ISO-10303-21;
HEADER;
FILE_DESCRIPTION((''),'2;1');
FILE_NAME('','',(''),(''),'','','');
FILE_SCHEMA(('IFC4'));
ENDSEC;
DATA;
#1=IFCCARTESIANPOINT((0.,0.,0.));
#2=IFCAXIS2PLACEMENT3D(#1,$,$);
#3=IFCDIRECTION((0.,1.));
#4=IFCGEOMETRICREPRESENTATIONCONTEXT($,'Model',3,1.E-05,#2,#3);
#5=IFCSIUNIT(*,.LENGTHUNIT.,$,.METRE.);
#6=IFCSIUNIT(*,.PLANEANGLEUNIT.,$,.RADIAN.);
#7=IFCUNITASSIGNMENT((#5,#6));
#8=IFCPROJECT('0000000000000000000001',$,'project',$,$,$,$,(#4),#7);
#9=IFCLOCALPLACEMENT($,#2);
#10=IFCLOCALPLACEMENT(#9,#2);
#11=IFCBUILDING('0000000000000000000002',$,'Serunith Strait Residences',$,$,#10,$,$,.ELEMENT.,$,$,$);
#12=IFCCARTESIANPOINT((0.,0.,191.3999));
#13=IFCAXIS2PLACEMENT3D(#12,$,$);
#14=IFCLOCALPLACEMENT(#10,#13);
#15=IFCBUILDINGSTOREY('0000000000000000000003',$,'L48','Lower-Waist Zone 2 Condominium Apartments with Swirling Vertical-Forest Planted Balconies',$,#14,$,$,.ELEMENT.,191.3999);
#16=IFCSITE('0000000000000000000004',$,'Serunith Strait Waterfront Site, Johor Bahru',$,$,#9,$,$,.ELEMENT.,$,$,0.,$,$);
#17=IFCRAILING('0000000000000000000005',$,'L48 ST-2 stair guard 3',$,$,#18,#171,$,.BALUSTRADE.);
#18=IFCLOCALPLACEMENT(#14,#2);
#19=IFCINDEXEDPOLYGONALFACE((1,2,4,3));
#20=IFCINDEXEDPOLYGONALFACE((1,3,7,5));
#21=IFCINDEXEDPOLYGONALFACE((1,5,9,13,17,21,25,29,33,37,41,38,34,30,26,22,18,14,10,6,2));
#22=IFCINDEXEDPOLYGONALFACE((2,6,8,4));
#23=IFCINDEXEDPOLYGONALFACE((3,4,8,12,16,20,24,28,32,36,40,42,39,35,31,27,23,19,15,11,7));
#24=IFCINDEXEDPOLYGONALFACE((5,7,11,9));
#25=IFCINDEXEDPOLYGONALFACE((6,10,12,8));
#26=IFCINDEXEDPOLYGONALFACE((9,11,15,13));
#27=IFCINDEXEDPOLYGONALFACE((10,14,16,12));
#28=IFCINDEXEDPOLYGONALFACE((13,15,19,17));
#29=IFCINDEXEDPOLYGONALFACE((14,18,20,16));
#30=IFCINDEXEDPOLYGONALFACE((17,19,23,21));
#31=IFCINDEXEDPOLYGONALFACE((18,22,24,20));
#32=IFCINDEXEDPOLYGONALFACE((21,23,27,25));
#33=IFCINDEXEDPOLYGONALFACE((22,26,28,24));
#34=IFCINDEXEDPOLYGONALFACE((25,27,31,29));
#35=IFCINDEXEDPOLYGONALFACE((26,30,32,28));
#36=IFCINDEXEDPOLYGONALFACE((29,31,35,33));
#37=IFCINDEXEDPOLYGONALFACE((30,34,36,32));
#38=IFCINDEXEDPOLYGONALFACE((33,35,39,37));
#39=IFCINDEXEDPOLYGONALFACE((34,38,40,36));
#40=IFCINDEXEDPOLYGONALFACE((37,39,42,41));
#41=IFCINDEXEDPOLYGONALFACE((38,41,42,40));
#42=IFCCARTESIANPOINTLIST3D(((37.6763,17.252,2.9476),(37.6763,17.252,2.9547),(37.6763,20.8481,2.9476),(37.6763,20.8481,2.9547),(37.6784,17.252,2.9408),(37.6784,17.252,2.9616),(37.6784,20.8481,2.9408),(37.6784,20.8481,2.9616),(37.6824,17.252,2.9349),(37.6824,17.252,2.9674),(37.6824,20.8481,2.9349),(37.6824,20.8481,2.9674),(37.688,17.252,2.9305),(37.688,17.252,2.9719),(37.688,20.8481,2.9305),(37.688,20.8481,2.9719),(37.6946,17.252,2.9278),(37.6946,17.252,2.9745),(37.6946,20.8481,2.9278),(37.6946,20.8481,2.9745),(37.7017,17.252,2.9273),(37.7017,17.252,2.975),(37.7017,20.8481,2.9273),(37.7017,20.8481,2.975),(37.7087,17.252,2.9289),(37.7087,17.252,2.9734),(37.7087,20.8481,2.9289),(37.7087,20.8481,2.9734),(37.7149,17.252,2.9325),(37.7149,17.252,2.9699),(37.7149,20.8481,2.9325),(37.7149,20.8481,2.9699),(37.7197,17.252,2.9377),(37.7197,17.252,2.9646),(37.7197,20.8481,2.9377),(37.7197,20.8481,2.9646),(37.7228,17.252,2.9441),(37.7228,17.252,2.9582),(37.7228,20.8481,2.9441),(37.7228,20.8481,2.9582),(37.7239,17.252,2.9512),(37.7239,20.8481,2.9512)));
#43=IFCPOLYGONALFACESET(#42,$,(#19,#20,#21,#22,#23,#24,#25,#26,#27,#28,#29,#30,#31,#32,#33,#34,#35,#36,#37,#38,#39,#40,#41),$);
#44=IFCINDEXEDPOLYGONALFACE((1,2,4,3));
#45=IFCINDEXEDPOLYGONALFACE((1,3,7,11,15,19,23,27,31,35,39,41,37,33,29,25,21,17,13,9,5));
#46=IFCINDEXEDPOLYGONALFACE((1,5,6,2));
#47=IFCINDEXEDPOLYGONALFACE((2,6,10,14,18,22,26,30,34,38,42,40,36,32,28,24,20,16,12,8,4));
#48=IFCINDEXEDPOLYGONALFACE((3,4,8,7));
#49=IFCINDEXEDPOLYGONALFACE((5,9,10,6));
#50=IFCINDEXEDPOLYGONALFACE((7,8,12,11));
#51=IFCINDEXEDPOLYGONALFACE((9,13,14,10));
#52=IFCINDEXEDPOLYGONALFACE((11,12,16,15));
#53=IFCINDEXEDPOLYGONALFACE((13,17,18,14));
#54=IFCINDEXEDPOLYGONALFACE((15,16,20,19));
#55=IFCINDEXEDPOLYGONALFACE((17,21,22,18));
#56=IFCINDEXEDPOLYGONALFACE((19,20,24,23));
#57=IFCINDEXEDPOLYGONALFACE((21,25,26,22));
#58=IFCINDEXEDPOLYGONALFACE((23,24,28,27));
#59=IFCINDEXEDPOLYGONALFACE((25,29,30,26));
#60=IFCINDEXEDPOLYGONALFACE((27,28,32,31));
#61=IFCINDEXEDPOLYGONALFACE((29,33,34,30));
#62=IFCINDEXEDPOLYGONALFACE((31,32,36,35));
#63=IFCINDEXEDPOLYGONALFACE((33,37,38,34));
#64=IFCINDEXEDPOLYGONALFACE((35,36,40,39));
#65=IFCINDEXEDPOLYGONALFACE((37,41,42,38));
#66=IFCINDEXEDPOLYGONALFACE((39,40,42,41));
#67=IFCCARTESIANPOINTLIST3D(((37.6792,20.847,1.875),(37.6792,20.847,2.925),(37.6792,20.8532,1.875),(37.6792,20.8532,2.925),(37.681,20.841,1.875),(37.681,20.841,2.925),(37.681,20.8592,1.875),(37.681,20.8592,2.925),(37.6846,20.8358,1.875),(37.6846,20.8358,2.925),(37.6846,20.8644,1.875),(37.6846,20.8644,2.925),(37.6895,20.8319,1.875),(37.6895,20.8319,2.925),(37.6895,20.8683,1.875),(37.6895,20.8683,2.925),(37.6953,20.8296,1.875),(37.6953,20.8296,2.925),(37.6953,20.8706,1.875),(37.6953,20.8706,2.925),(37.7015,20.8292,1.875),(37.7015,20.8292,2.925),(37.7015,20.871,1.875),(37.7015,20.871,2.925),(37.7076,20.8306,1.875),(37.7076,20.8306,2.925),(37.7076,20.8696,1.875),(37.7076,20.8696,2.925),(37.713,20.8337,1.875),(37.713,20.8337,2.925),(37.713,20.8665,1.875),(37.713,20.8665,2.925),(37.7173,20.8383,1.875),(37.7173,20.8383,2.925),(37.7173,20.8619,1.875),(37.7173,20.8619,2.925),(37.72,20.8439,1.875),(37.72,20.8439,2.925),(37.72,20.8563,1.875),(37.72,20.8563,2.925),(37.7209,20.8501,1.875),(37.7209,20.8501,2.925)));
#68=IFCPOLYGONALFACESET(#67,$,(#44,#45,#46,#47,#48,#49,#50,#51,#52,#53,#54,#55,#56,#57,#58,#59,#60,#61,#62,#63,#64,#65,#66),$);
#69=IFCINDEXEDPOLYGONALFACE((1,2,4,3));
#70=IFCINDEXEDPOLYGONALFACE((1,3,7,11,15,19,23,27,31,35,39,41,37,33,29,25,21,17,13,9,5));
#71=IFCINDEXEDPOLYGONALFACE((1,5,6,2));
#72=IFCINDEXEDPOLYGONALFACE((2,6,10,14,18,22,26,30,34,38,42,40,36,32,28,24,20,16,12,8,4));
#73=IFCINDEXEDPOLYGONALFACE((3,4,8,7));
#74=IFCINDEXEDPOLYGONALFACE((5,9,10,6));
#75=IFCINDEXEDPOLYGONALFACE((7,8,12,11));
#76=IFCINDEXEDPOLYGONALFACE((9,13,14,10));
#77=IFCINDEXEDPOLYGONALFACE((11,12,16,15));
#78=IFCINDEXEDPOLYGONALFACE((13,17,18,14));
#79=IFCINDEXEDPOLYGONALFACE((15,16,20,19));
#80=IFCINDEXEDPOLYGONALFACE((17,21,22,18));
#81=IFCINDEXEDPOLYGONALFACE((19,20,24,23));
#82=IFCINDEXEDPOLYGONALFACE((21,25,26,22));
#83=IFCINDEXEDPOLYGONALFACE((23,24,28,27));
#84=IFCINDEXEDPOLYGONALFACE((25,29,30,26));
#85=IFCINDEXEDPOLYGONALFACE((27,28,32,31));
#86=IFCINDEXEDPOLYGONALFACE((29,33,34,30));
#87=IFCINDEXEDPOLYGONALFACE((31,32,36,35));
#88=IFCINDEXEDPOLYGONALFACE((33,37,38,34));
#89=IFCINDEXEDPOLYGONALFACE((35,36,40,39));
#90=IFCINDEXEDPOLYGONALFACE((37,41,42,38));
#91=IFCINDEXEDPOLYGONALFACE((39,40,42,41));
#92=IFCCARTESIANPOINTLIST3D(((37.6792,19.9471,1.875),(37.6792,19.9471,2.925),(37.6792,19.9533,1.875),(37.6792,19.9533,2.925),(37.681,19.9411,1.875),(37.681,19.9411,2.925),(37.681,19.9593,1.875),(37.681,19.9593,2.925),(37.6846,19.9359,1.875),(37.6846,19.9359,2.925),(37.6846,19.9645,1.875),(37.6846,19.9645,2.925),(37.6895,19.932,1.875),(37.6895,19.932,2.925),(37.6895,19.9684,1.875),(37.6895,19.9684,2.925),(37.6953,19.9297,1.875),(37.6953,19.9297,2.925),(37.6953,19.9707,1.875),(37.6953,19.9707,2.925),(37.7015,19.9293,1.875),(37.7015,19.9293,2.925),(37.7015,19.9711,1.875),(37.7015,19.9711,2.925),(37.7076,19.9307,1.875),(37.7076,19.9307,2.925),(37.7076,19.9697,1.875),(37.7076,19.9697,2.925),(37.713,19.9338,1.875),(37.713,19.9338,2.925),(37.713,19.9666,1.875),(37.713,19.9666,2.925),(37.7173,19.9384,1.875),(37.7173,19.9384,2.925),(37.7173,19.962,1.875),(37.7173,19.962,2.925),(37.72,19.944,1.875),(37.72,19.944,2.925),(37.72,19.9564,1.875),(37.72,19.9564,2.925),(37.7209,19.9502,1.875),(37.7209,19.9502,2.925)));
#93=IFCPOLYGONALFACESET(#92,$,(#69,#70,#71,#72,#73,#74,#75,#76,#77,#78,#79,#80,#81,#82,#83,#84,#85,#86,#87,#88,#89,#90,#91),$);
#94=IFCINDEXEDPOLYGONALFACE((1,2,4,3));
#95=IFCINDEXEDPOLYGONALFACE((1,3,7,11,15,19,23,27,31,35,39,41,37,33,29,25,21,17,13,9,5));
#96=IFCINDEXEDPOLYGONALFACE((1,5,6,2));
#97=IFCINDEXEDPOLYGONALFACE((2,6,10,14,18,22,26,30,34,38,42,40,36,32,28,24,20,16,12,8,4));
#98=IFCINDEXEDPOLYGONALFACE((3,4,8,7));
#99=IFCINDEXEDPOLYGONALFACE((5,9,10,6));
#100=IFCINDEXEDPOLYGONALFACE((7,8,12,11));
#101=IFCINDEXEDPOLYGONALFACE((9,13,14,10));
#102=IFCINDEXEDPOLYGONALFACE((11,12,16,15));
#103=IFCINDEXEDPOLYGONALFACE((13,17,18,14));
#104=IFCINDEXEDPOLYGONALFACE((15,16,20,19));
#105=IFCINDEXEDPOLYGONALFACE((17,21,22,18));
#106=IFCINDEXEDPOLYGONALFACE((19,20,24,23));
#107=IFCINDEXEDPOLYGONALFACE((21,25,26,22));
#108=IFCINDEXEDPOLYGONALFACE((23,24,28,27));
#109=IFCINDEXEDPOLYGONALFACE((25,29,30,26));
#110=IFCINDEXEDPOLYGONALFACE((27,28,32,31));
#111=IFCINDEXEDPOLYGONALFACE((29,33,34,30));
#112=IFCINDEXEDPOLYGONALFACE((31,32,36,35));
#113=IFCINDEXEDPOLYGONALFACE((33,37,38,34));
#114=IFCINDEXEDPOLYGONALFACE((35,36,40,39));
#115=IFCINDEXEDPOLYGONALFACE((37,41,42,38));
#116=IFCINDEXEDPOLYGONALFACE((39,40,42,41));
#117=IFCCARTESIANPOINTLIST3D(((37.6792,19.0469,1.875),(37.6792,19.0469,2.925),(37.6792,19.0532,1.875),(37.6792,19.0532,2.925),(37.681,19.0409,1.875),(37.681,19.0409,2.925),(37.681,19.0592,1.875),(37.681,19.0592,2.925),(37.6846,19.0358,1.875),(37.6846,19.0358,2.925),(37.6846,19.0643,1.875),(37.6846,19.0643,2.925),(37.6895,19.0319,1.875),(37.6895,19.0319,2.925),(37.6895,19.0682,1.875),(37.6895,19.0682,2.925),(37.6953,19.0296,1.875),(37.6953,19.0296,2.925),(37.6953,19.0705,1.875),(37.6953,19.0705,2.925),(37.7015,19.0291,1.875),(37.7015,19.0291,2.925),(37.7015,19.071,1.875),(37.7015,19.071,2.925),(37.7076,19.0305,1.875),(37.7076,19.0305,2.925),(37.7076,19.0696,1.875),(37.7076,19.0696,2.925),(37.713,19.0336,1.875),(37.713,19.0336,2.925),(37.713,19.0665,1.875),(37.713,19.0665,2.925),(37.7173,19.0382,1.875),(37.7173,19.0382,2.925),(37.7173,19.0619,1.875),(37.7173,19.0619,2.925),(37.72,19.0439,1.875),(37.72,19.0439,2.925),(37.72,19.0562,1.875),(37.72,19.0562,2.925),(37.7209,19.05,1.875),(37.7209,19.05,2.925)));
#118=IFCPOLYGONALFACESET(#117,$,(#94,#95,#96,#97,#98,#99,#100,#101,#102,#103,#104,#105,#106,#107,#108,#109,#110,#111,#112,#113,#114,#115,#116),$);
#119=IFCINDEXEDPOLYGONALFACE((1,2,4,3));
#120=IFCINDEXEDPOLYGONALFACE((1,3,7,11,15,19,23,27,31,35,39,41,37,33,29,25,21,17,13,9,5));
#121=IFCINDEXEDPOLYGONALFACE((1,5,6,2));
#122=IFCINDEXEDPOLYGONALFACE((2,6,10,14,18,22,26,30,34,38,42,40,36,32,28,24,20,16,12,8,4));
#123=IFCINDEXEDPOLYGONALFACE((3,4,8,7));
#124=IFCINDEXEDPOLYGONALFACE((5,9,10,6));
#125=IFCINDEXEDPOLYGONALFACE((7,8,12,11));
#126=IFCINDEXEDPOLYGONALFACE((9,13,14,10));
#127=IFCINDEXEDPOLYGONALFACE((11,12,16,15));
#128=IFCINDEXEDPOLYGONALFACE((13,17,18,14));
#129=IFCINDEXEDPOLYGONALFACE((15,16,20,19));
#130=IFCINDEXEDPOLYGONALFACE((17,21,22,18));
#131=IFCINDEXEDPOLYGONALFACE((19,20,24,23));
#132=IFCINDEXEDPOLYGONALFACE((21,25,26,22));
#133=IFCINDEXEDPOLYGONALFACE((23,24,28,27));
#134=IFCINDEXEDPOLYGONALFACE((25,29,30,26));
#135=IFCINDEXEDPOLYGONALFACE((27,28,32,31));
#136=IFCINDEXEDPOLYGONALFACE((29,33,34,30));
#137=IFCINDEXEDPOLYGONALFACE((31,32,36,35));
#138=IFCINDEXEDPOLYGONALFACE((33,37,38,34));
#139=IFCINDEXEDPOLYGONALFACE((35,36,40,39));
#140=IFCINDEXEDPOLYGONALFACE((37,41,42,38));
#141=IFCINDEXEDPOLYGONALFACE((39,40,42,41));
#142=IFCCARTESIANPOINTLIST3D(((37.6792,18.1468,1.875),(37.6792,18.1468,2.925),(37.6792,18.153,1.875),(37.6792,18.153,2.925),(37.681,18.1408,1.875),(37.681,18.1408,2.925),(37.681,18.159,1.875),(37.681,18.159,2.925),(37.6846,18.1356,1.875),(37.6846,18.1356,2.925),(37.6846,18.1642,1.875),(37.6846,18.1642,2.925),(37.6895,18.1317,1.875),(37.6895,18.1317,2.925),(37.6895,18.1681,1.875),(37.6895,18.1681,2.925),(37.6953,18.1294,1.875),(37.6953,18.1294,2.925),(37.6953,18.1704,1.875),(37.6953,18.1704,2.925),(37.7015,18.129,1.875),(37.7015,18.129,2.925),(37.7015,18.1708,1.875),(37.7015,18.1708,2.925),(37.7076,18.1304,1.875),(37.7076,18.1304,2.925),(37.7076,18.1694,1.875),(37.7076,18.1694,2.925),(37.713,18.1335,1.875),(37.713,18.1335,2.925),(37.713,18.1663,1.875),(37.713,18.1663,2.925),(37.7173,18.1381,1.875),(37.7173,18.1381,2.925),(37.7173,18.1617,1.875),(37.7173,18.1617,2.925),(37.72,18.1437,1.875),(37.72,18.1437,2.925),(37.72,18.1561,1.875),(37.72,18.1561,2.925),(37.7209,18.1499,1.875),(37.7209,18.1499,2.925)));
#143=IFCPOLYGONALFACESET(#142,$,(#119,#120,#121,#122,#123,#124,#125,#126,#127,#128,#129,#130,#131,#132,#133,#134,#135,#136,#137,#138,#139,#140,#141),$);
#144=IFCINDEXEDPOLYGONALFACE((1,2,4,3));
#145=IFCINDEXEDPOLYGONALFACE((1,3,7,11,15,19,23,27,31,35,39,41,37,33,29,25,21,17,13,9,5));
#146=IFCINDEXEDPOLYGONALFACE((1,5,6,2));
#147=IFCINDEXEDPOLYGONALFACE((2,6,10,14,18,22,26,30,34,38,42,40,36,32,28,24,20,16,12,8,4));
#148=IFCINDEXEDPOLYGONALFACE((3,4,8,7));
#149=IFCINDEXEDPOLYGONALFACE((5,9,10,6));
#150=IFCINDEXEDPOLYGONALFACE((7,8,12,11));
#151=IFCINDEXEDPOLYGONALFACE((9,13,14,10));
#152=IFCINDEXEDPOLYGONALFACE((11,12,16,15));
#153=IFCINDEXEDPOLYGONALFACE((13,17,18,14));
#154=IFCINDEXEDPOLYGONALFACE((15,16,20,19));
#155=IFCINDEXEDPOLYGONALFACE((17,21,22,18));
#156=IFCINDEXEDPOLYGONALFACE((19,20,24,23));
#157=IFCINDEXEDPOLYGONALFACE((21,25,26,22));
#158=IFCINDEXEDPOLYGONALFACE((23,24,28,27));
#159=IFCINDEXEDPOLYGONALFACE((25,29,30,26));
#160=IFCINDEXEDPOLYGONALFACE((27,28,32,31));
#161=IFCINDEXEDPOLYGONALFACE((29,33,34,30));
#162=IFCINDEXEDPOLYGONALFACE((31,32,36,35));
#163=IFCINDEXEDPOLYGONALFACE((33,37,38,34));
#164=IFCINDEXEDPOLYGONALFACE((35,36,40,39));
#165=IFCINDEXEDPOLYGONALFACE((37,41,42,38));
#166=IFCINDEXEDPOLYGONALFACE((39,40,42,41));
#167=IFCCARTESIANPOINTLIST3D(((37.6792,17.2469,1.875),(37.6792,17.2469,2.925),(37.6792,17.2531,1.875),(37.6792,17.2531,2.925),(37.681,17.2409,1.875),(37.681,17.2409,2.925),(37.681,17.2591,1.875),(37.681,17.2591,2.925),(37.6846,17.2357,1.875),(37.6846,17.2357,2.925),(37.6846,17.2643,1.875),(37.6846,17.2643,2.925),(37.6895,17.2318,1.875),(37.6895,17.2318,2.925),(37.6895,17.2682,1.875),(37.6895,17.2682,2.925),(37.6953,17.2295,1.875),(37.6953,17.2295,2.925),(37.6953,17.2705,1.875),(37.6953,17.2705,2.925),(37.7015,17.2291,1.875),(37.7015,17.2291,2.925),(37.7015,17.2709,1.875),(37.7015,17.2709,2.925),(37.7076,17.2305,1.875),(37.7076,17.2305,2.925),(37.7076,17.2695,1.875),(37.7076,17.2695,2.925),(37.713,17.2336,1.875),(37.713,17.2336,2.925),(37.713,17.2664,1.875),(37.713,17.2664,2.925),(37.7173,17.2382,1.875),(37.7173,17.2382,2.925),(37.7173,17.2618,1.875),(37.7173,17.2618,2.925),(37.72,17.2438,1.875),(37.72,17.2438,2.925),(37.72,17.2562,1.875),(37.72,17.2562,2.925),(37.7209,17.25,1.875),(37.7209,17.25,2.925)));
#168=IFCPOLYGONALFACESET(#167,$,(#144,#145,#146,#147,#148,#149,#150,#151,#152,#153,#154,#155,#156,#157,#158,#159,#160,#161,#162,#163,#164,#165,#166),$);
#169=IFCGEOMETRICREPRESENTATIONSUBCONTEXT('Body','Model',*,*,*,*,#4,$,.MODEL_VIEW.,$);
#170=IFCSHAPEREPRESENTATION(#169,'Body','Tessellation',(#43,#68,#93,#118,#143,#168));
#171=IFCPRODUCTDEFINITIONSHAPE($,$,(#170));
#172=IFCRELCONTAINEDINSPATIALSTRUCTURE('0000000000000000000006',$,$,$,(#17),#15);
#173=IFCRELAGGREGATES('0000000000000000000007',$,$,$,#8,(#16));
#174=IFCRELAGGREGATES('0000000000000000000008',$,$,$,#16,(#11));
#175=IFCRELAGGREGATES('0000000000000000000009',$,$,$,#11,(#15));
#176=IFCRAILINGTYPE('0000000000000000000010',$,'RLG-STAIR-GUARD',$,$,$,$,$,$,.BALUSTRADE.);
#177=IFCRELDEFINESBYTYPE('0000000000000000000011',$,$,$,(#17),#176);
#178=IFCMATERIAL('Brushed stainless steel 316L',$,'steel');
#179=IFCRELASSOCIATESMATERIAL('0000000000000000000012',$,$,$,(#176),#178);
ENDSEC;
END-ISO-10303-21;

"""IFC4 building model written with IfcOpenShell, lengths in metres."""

from ifc_helpers import new_model, si_unit, direction, frame, origin, origin_2d, place, context, subcontext, project, spatial, circle, extrude, material, type_object, element, save


model = new_model("IFC4")

# Units and contexts
model_context = context("Model", 3, precision=1e-05, world=origin(), true_north=direction((0.0, 1.0)))
body_context = subcontext(model_context, "Body", "Model", "MODEL_VIEW")
ifc_project = project(units=[si_unit("LENGTHUNIT", "METRE"), si_unit("PLANEANGLEUNIT", "RADIAN")], contexts=[model_context])

# Site, building, storey
site_placement = place(None, origin())
site = spatial("IfcSite", under=ifc_project, at=site_placement, Name="Serunith Strait Waterfront Site, Johor Bahru", CompositionType="ELEMENT", RefElevation=0.0)
building_placement = place(site_placement, origin())
building = spatial("IfcBuilding", under=site, at=building_placement, Name="Serunith Strait Residences", CompositionType="ELEMENT")
storey_placement = place(building_placement, frame((0.0, 0.0, 191.3999)))
storey = spatial("IfcBuildingStorey", under=building, at=storey_placement, Name="L48", Description="Lower-Waist Zone 2 Condominium Apartments with Swirling Vertical-Forest Planted Balconies", CompositionType="ELEMENT", Elevation=191.3999)

# Railing
ifc_material_1 = material(Name="Brushed stainless steel 316L", Category="steel")
railing_type_1 = type_object("IfcRailingType", Name="RLG-STAIR-GUARD", PredefinedType="BALUSTRADE", material=ifc_material_1)
for number, where, name in (
    (1, (37.7, 20.8501, 1.875), "L48 ST-2 stair guard 3"),
):
    element("IfcRailing", number, at=place(storey_placement, frame(where)), inside=storey, type_object=railing_type_1, Name=name, PredefinedType="BALUSTRADE", context=body_context, shape_type="SweptSolid", body=[
        extrude(circle(Radius=0.0239, at=origin_2d()), frame((0.0, -0.002, 1.0762), z_axis=(0.0, -1.0, 0.0), x_axis=(1.0, 0.0, 0.0)), (0.0, 0.0, 1.0), 3.5962),
        extrude(circle(Radius=0.021, at=origin_2d()), origin(), (0.0, 0.0, 1.0), 1.05),
        extrude(circle(Radius=0.021, at=origin_2d()), frame((0.0, -0.8999, 0.0)), (0.0, 0.0, 1.0), 1.05),
        extrude(circle(Radius=0.021, at=origin_2d()), frame((0.0, -1.8, 0.0)), (0.0, 0.0, 1.0), 1.05),
        extrude(circle(Radius=0.021, at=origin_2d()), frame((0.0, -2.7002, 0.0)), (0.0, 0.0, 1.0), 1.05),
        extrude(circle(Radius=0.021, at=origin_2d()), frame((0.0, -3.6001, 0.0)), (0.0, 0.0, 1.0), 1.05),
    ])

save(model, "model.ifc")
